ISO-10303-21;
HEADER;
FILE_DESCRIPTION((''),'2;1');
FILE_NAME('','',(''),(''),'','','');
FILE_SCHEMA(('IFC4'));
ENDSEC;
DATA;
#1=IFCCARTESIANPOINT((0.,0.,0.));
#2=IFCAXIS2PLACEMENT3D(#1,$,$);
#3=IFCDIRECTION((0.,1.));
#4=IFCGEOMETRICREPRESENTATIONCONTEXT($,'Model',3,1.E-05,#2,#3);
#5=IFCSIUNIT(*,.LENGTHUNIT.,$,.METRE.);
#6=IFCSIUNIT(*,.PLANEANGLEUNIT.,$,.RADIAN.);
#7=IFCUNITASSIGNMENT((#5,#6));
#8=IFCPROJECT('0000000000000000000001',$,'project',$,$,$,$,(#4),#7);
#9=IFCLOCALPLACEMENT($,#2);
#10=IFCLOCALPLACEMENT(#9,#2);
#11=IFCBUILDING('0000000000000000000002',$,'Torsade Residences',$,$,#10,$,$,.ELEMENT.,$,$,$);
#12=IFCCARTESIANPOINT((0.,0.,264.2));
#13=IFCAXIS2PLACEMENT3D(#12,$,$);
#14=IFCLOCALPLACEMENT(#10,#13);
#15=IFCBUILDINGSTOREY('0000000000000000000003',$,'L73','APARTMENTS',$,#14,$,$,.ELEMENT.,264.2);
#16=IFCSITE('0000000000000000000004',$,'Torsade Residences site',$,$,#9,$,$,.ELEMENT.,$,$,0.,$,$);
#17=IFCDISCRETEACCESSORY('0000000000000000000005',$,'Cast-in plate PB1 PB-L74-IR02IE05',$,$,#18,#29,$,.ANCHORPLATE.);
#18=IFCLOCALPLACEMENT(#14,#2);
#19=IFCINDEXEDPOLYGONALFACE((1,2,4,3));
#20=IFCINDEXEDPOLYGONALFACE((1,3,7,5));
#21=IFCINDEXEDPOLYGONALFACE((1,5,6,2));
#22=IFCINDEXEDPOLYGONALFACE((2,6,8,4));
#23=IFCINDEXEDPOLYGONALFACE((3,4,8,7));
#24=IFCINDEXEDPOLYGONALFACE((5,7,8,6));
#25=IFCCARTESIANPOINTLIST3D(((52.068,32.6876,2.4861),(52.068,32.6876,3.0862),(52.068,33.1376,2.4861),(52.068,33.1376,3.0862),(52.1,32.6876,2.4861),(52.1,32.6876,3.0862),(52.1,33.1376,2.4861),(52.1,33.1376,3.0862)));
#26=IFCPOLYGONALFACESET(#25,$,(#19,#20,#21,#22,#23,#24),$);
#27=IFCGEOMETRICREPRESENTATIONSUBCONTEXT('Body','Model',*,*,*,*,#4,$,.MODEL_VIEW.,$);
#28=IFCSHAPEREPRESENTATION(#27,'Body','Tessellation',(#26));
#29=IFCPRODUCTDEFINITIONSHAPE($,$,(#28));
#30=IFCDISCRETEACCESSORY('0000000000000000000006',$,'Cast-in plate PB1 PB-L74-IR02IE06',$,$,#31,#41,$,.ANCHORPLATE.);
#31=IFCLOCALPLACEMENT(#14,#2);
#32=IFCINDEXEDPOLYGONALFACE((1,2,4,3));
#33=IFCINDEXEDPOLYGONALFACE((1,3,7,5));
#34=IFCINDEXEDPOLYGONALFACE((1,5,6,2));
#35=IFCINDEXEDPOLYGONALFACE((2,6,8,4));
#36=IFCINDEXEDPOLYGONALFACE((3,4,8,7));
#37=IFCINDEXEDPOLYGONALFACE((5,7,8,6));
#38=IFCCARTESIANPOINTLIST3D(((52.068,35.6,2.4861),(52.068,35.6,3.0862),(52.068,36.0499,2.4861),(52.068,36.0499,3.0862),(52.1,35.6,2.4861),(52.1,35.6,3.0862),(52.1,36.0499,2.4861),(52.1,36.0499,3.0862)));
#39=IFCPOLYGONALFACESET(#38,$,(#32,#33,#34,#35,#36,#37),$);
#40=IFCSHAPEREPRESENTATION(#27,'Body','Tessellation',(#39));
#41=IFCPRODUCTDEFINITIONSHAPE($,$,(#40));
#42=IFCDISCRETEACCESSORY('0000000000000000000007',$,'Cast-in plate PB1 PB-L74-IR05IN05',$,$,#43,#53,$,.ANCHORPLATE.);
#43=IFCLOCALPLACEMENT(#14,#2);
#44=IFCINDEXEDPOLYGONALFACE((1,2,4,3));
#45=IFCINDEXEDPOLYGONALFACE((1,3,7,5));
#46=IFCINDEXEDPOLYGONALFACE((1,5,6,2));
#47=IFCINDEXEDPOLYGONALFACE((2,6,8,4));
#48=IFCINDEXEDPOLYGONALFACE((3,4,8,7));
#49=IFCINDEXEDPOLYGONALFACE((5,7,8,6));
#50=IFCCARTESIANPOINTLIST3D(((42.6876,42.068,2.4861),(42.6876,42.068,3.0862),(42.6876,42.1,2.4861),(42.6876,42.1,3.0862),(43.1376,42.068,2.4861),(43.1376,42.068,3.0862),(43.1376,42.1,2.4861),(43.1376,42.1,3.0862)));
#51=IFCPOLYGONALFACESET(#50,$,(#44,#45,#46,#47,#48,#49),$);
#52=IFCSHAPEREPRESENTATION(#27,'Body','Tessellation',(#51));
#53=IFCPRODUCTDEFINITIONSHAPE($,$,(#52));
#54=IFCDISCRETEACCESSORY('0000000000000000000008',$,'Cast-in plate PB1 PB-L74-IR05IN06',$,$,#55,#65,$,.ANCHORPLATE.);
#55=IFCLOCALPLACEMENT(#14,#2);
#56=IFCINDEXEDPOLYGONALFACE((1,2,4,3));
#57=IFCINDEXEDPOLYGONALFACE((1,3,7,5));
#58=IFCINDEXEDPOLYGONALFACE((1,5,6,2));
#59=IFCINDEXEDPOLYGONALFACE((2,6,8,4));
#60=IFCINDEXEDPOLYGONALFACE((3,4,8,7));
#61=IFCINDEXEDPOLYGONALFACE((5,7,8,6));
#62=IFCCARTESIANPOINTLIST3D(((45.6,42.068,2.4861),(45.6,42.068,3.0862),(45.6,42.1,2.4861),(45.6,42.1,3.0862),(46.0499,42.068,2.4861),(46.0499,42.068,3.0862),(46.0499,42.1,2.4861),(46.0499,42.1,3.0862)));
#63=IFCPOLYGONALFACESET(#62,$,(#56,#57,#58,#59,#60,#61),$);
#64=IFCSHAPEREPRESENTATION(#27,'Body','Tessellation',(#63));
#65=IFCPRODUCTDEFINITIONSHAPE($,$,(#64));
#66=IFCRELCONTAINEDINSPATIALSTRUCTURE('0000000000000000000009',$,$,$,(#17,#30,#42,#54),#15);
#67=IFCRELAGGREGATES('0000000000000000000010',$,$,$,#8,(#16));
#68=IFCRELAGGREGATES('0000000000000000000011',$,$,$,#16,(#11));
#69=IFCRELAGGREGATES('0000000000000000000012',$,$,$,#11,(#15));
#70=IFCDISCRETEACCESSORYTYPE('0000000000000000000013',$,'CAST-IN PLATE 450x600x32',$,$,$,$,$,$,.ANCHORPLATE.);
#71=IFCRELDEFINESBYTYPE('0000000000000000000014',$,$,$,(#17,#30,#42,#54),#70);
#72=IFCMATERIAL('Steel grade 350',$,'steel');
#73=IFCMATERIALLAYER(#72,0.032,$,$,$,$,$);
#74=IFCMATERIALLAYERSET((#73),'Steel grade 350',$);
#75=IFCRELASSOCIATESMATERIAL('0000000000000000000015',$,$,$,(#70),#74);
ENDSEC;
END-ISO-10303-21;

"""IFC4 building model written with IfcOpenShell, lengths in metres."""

from ifc_helpers import new_model, si_unit, direction, frame, origin, origin_2d, place, context, subcontext, project, spatial, rectangle, extrude, material, layer, layer_set, type_object, element, save


model = new_model("IFC4")

# Units and contexts
model_context = context("Model", 3, precision=1e-05, world=origin(), true_north=direction((0.0, 1.0)))
body_context = subcontext(model_context, "Body", "Model", "MODEL_VIEW")
ifc_project = project(units=[si_unit("LENGTHUNIT", "METRE"), si_unit("PLANEANGLEUNIT", "RADIAN")], contexts=[model_context])

# Site, building, storey
site_placement = place(None, origin())
site = spatial("IfcSite", under=ifc_project, at=site_placement, Name="Torsade Residences site", CompositionType="ELEMENT", RefElevation=0.0)
building_placement = place(site_placement, origin())
building = spatial("IfcBuilding", under=site, at=building_placement, Name="Torsade Residences", CompositionType="ELEMENT")
storey_placement = place(building_placement, frame((0.0, 0.0, 264.2)))
storey = spatial("IfcBuildingStorey", under=building, at=storey_placement, Name="L73", Description="APARTMENTS", CompositionType="ELEMENT", Elevation=264.2)

# Discrete accessories
ifc_material_1 = material(Name="Steel grade 350", Category="steel")
ifc_layer_1 = layer(ifc_material_1, 0.032)
ifc_layer_set_1 = layer_set([ifc_layer_1], Name="Steel grade 350")
discrete_accessory_type = type_object("IfcDiscreteAccessoryType", Name="CAST-IN PLATE 450x600x32", PredefinedType="ANCHORPLATE", material=ifc_layer_set_1)
for number, where, z_axis, x_axis, name in (
    (1, (52.084, 32.9126, 2.4861), (0.0, 0.0, 1.0), (1.0, 0.0, 0.0), "Cast-in plate PB1 PB-L74-IR02IE05"),
    (2, (52.084, 35.825, 2.4861), (0.0, 0.0, 1.0), (1.0, 0.0, 0.0), "Cast-in plate PB1 PB-L74-IR02IE06"),
):
    element("IfcDiscreteAccessory", number, at=place(storey_placement, frame(where, z_axis=z_axis, x_axis=x_axis)), inside=storey, type_object=discrete_accessory_type, Name=name, PredefinedType="ANCHORPLATE", context=body_context, shape_type="SweptSolid", body=[
        extrude(rectangle(XDim=0.032, YDim=0.45, at=origin_2d()), origin(), (0.0, 0.0, 1.0), 0.6001),
    ])
for number, where, z_axis, x_axis, name in (
    (3, (42.9126, 42.084, 2.4861), (0.0, 0.0, 1.0), (1.0, 0.0, 0.0), "Cast-in plate PB1 PB-L74-IR05IN05"),
    (4, (45.825, 42.084, 2.4861), (0.0, 0.0, 1.0), (1.0, 0.0, 0.0), "Cast-in plate PB1 PB-L74-IR05IN06"),
):
    element("IfcDiscreteAccessory", number, at=place(storey_placement, frame(where, z_axis=z_axis, x_axis=x_axis)), inside=storey, type_object=discrete_accessory_type, Name=name, PredefinedType="ANCHORPLATE", context=body_context, shape_type="SweptSolid", body=[
        extrude(rectangle(XDim=0.45, YDim=0.032, at=origin_2d()), origin(), (0.0, 0.0, 1.0), 0.6001),
    ])

save(model, "model.ifc")
